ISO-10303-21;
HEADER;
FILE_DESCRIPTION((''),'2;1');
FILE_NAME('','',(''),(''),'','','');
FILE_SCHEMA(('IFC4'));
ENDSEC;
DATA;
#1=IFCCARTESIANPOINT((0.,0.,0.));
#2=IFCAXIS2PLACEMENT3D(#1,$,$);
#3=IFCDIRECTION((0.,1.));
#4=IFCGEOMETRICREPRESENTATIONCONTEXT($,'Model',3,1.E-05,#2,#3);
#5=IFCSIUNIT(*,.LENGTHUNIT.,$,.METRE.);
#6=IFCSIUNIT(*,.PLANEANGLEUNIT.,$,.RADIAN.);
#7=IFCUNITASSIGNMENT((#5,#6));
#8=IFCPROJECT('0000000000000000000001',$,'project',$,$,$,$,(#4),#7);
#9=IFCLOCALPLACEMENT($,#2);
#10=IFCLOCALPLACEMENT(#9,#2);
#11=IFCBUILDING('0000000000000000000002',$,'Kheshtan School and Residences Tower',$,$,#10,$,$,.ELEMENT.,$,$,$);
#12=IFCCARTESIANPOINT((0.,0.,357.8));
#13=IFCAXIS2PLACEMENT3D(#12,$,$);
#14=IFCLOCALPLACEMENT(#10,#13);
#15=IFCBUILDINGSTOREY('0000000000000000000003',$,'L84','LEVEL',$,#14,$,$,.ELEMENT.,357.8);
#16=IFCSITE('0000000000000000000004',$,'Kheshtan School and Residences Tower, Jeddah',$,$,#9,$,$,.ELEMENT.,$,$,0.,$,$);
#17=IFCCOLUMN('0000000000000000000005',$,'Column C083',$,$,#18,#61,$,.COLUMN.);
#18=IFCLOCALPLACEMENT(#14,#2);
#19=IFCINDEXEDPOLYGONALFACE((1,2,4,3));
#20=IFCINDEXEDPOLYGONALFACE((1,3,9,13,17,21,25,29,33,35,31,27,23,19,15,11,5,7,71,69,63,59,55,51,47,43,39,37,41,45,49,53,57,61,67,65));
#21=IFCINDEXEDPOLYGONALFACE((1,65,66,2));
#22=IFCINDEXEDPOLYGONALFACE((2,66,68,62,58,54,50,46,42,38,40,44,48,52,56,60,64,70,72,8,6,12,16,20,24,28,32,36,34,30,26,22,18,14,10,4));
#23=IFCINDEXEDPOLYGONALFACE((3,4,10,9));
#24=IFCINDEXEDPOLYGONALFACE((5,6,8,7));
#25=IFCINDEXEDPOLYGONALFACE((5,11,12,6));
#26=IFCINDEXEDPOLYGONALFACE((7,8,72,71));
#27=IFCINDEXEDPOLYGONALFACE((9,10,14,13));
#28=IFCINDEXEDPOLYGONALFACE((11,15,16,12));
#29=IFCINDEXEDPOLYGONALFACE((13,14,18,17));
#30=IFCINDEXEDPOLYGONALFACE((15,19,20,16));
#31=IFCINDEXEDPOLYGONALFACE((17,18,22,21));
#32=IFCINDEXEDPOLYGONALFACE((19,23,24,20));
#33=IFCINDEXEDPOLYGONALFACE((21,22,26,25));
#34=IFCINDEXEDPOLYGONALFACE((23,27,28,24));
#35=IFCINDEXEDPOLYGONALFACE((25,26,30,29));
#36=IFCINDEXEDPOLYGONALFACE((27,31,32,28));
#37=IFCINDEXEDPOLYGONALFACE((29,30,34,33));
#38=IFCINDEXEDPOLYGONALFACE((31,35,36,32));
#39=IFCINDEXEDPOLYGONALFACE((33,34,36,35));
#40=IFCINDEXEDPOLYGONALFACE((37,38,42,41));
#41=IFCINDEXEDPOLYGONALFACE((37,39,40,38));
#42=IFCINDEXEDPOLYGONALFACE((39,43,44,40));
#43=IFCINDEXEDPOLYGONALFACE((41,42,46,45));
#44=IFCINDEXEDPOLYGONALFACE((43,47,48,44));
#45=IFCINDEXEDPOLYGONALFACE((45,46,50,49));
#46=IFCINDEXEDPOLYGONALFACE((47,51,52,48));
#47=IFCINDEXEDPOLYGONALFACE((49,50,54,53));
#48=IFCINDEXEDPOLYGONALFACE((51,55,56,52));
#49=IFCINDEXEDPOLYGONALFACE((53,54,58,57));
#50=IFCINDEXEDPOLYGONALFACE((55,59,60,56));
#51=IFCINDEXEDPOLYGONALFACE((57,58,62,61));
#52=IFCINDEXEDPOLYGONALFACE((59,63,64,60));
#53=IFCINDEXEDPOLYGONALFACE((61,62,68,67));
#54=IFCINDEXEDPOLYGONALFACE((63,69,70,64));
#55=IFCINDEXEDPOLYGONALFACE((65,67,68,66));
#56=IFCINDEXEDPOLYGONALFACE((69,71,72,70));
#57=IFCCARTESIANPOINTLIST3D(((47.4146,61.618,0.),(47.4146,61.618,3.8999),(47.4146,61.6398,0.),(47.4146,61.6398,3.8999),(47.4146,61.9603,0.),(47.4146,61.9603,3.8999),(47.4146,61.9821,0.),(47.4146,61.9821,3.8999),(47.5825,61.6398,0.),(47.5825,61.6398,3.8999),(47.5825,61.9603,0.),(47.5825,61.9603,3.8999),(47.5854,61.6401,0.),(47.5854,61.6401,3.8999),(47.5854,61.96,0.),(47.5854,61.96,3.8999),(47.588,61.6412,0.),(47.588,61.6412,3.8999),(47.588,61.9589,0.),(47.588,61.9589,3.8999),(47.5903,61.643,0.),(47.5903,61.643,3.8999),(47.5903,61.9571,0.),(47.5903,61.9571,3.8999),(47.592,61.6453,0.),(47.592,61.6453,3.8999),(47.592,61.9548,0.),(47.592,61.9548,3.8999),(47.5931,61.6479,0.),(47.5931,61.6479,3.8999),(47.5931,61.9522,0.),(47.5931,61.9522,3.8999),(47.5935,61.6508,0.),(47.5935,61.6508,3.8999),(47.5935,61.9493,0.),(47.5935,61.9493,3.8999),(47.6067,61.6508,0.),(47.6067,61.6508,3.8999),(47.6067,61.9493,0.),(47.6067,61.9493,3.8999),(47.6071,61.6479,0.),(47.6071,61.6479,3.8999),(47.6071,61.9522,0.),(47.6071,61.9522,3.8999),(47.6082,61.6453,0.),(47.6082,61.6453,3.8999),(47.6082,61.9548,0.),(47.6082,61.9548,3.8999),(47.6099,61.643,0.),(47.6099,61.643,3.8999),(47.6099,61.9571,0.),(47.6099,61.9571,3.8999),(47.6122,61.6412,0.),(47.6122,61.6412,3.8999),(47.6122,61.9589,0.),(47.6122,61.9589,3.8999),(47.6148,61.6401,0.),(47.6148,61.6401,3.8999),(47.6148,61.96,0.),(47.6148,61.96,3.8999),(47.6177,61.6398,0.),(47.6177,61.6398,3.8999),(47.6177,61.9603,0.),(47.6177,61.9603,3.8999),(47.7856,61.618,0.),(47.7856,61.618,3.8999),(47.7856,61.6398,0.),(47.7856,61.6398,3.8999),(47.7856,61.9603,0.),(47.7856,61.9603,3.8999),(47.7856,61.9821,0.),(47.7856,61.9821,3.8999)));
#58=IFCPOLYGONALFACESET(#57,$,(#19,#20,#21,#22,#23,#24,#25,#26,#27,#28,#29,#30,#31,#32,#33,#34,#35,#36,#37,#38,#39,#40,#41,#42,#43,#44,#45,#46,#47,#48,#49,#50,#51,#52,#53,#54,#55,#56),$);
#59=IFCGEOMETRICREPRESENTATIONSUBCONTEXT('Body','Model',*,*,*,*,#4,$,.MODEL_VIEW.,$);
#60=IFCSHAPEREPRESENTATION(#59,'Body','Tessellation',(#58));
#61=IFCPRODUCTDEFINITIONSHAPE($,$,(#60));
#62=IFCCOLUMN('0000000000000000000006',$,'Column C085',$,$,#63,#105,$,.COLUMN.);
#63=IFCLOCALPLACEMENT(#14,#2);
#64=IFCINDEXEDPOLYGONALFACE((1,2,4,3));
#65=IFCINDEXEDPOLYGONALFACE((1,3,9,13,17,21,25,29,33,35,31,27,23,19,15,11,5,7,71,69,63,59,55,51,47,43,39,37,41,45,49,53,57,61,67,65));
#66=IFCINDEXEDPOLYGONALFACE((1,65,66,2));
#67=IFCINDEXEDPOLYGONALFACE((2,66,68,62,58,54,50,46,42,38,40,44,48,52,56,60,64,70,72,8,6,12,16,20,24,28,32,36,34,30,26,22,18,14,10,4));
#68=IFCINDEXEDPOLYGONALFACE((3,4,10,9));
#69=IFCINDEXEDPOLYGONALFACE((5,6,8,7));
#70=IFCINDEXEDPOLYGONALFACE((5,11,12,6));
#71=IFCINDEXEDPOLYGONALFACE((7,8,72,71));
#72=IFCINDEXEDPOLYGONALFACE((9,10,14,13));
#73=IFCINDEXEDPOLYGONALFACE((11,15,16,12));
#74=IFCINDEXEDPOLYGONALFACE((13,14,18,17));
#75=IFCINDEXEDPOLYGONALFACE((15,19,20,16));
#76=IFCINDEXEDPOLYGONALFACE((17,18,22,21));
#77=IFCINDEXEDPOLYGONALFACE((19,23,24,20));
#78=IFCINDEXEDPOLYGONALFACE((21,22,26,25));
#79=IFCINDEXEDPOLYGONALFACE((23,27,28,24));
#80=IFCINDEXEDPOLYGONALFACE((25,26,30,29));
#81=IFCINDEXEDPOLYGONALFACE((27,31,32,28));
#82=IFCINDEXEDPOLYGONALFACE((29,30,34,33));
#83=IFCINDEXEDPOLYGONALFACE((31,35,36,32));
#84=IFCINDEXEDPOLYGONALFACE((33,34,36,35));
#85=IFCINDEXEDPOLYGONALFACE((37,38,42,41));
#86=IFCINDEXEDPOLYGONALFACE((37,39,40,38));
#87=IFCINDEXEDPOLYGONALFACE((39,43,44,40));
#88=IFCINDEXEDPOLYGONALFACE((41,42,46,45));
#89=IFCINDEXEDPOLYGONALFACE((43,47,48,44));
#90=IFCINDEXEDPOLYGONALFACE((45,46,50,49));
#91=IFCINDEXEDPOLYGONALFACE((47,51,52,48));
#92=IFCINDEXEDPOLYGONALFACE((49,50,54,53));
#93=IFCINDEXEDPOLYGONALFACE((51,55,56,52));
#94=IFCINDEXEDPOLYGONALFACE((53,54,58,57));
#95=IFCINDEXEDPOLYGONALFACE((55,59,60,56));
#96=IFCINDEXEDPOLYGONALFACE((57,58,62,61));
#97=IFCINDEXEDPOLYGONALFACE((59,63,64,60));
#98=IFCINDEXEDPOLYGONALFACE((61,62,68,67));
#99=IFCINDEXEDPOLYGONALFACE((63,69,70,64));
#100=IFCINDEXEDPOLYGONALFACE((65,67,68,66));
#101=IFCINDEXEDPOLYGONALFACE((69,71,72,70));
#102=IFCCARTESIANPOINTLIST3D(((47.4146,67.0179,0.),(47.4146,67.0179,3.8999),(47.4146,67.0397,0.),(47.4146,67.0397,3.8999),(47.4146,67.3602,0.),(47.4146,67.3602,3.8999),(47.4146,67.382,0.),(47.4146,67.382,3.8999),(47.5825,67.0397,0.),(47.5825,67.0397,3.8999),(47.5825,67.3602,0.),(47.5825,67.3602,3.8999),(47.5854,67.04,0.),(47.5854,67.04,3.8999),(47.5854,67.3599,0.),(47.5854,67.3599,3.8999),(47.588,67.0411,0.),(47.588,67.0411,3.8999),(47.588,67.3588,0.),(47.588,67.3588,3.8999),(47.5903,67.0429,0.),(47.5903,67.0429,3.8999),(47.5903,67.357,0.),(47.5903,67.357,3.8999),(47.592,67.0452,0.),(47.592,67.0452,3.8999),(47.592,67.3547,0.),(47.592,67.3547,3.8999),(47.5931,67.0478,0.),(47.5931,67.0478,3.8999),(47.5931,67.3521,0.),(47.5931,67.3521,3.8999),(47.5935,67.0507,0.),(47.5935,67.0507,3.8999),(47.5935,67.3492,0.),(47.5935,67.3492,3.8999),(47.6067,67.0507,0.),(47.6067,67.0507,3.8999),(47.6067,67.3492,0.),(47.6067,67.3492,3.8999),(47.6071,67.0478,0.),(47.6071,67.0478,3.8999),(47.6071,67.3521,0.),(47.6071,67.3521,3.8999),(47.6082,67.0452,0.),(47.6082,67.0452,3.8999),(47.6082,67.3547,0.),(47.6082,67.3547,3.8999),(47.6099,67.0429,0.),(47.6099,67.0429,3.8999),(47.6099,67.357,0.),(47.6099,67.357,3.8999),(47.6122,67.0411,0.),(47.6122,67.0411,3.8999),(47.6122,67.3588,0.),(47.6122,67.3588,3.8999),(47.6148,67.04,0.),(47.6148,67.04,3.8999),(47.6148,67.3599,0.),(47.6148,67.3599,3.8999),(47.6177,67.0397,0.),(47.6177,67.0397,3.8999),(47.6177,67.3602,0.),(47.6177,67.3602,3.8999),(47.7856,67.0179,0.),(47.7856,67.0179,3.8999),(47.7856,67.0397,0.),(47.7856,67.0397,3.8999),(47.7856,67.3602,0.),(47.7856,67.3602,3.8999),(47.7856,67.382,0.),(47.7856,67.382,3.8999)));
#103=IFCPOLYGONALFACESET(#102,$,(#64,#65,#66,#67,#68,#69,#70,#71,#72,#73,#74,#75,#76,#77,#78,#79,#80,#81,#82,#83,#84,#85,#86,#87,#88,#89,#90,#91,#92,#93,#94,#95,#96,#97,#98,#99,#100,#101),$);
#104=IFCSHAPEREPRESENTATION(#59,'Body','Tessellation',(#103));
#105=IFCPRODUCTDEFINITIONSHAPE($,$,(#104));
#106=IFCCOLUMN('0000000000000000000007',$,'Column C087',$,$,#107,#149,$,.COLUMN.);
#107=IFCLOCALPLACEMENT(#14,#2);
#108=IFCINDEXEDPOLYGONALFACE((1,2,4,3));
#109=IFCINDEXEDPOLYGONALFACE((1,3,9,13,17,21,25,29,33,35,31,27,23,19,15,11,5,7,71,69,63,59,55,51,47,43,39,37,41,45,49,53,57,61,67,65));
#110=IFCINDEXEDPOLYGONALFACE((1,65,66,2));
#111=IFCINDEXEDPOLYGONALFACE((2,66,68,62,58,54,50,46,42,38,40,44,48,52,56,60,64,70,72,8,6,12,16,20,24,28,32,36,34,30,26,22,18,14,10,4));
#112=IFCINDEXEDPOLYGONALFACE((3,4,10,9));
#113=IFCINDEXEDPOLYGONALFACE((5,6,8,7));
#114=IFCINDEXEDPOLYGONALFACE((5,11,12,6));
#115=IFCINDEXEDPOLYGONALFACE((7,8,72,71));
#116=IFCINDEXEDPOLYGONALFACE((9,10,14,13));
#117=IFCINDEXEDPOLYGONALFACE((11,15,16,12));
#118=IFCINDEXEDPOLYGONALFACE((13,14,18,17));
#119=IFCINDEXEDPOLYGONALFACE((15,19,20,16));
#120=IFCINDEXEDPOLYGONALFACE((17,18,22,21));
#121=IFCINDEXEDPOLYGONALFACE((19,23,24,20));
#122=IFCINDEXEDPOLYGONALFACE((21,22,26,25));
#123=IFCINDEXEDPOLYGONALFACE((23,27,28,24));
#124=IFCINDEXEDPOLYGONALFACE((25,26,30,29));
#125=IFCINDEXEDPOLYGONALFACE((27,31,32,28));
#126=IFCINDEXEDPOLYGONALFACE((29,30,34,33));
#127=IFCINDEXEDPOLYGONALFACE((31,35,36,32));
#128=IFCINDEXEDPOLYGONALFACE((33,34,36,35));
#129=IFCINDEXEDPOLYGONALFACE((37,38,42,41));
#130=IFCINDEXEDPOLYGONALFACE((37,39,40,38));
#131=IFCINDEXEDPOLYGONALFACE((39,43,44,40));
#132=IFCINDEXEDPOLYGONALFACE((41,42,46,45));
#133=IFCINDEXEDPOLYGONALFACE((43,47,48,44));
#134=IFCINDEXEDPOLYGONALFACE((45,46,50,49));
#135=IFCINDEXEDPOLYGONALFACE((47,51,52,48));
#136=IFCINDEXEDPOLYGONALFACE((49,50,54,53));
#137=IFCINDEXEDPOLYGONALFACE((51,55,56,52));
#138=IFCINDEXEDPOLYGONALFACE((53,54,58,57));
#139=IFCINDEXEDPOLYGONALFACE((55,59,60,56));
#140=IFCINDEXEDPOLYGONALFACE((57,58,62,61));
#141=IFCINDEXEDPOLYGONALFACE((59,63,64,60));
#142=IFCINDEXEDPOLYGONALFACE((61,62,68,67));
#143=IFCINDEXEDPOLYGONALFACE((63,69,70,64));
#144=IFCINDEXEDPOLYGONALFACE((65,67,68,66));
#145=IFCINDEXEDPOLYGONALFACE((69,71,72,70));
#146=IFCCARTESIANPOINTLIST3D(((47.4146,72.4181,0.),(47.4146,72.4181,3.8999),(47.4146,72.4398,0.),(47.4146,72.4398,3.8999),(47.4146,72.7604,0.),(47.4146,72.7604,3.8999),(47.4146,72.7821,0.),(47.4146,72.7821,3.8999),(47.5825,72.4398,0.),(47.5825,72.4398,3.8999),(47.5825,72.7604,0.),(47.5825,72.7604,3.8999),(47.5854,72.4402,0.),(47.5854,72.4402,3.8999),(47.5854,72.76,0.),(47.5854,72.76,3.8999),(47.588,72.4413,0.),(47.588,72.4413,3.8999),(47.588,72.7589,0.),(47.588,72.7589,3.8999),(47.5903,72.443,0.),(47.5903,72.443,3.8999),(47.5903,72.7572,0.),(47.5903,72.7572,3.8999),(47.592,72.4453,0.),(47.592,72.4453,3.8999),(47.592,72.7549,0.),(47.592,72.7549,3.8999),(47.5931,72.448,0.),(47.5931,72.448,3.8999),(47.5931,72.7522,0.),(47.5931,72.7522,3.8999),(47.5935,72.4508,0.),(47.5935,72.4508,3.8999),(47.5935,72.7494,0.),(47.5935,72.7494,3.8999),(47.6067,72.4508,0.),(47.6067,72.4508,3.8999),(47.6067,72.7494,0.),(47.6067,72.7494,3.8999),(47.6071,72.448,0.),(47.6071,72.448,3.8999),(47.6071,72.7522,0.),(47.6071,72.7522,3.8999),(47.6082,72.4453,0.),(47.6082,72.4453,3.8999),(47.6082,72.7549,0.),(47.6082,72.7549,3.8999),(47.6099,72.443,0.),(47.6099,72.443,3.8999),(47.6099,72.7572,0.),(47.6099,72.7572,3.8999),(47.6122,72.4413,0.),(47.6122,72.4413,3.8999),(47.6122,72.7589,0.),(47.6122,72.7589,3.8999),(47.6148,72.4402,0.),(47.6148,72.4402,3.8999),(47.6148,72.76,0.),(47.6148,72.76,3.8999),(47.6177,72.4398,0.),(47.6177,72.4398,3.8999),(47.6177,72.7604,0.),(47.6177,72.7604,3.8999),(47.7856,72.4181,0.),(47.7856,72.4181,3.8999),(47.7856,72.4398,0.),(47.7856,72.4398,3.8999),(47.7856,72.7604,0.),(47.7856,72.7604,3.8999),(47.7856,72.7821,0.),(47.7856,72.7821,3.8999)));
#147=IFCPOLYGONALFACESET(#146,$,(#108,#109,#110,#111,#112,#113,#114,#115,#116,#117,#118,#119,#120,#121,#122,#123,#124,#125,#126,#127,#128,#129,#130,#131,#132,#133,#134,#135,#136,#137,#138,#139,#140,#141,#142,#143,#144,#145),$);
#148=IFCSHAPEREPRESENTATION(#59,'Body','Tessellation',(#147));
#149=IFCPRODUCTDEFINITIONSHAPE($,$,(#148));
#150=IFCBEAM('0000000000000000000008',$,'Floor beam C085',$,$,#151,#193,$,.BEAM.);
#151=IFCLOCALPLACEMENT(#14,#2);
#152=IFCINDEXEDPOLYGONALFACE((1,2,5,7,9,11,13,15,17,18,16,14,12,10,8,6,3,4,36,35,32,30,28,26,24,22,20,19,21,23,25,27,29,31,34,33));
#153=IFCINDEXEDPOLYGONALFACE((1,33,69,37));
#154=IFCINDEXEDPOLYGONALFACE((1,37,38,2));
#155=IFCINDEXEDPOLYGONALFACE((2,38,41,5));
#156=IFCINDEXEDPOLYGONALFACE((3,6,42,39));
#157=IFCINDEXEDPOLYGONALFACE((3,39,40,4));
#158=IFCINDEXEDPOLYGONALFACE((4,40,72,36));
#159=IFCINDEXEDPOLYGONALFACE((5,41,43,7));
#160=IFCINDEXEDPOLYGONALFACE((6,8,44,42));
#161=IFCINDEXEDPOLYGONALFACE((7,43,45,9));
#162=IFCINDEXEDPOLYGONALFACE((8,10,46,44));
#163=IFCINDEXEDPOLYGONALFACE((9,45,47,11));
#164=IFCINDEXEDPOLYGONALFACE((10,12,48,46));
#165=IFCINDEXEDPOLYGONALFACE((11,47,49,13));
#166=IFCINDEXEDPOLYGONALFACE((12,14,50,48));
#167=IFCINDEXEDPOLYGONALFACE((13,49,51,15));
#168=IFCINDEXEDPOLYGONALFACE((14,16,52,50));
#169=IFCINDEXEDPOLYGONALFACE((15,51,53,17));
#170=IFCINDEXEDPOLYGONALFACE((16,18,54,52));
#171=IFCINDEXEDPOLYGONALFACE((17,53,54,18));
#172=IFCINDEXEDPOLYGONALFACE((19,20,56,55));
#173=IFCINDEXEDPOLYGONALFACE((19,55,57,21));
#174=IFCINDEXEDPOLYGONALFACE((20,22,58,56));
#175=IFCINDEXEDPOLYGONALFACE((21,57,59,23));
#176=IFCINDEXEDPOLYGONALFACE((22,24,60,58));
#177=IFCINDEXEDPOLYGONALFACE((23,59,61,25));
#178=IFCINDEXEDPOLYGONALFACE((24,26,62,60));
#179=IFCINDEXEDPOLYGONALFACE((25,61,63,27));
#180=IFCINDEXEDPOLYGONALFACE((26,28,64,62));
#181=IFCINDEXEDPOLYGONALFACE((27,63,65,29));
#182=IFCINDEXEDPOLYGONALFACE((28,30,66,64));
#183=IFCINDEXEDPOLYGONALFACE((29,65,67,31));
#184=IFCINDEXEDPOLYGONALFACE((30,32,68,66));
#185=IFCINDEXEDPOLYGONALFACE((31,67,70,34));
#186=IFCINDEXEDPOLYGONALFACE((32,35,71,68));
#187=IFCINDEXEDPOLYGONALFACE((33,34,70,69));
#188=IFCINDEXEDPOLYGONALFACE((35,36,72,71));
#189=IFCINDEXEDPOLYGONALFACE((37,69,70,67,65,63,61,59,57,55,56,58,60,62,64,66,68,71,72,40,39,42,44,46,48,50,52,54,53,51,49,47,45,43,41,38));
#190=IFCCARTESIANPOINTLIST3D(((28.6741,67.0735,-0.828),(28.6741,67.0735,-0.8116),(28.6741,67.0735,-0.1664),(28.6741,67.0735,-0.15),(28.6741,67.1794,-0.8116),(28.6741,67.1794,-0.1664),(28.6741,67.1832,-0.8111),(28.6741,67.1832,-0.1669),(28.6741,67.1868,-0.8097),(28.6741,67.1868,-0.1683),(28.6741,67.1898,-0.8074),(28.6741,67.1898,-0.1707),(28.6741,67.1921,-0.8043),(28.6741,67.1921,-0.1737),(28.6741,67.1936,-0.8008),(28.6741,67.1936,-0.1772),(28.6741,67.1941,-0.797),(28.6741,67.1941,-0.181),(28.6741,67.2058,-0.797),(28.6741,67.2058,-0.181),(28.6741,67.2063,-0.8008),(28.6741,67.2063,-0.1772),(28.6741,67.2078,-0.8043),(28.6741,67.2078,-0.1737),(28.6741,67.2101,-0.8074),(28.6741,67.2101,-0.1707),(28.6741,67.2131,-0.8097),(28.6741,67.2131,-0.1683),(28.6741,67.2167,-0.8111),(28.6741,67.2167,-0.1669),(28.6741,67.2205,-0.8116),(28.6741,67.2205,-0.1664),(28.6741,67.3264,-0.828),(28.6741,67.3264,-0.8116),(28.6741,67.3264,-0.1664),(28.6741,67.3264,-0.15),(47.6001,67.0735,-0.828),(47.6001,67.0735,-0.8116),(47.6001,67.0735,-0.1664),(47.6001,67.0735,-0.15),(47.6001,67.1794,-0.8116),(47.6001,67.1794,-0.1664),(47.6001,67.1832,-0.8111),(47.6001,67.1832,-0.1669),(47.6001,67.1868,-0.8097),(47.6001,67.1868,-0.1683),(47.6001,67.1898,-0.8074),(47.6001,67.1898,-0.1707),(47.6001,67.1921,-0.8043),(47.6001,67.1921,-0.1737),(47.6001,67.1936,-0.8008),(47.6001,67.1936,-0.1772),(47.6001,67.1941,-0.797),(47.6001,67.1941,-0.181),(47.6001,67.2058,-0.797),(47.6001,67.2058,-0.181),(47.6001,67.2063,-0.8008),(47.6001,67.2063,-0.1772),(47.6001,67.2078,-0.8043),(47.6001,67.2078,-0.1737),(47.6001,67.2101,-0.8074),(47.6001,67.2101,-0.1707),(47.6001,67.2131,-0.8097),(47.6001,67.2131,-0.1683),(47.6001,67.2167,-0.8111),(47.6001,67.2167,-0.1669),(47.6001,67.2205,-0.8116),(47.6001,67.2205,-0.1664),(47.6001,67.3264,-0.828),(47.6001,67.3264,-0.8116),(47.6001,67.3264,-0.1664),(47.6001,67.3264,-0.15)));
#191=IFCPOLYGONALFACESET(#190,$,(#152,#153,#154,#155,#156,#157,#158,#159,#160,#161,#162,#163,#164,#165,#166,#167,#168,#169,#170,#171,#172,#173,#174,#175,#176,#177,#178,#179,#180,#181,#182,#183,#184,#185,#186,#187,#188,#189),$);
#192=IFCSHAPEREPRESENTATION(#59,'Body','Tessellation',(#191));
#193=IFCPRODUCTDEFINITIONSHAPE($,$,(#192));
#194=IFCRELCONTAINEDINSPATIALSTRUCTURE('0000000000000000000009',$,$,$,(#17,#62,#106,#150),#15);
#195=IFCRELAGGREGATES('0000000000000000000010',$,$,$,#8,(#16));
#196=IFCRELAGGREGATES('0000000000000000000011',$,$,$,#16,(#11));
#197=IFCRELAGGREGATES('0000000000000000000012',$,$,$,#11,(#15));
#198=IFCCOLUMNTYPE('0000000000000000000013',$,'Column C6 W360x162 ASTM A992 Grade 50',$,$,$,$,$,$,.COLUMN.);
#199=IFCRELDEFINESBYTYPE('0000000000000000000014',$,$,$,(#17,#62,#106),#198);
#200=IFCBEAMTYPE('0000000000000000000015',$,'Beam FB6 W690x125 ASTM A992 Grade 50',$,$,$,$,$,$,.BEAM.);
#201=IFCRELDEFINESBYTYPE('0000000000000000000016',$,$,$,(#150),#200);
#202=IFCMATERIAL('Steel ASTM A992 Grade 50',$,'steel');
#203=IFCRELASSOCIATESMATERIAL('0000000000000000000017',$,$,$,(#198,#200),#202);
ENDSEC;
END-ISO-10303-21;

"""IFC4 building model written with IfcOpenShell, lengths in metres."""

from ifc_helpers import new_model, si_unit, direction, frame, origin, origin_2d, place, context, subcontext, project, spatial, i_section, extrude, material, material_profile, profile_set, type_object, element, save


model = new_model("IFC4")

# Units and contexts
model_context = context("Model", 3, precision=1e-05, world=origin(), true_north=direction((0.0, 1.0)))
body_context = subcontext(model_context, "Body", "Model", "MODEL_VIEW")
ifc_project = project(units=[si_unit("LENGTHUNIT", "METRE"), si_unit("PLANEANGLEUNIT", "RADIAN")], contexts=[model_context])

# Site, building, storey
site_placement = place(None, origin())
site = spatial("IfcSite", under=ifc_project, at=site_placement, Name="Kheshtan School and Residences Tower, Jeddah", CompositionType="ELEMENT", RefElevation=0.0)
building_placement = place(site_placement, origin())
building = spatial("IfcBuilding", under=site, at=building_placement, Name="Kheshtan School and Residences Tower", CompositionType="ELEMENT")
storey_placement = place(building_placement, frame((0.0, 0.0, 357.8)))
storey = spatial("IfcBuildingStorey", under=building, at=storey_placement, Name="L84", Description="LEVEL", CompositionType="ELEMENT", Elevation=357.8)

# Columns
ifc_material_1 = material(Name="Steel ASTM A992 Grade 50", Category="steel")
ifc_material_profile_1 = material_profile(ifc_material_1, i_section(OverallWidth=0.3711, OverallDepth=0.364, WebThickness=0.0132, FlangeThickness=0.0217, FilletRadius=0.011, at=origin_2d()), Name="W360x162")
ifc_profile_set_1 = profile_set([ifc_material_profile_1], Name="Steel ASTM A992 Grade 50")
column_type = type_object("IfcColumnType", Name="Column C6 W360x162 ASTM A992 Grade 50", PredefinedType="COLUMN", material=ifc_profile_set_1)
for number, where, z_axis, x_axis, name in (
    (1, (47.6001, 61.8, 0.0), (0.0, 0.0, 1.0), (1.0, 0.0, 0.0), "Column C083"),
    (2, (47.6001, 67.2, 0.0), (0.0, 0.0, 1.0), (1.0, 0.0, 0.0), "Column C085"),
    (3, (47.6001, 72.6001, 0.0), (0.0, 0.0, 1.0), (1.0, 0.0, 0.0), "Column C087"),
):
    element("IfcColumn", number, at=place(storey_placement, frame(where, z_axis=z_axis, x_axis=x_axis)), inside=storey, type_object=column_type, Name=name, PredefinedType="COLUMN", context=body_context, shape_type="SweptSolid", body=[
        extrude(i_section(OverallWidth=0.3711, OverallDepth=0.364, WebThickness=0.0132, FlangeThickness=0.0217, FilletRadius=0.011, at=origin_2d()), origin(), (0.0, 0.0, 1.0), 3.8999),
    ])

# Beam
ifc_material_profile_2 = material_profile(ifc_material_1, i_section(OverallWidth=0.2529, OverallDepth=0.678, WebThickness=0.0117, FlangeThickness=0.0164, FilletRadius=0.0146, at=origin_2d()), Name="W690x125")
ifc_profile_set_2 = profile_set([ifc_material_profile_2], Name="Steel ASTM A992 Grade 50")
beam_type_1 = type_object("IfcBeamType", Name="Beam FB6 W690x125 ASTM A992 Grade 50", PredefinedType="BEAM", material=ifc_profile_set_2)
beam_1_placement = place(storey_placement, frame((47.6001, 67.2, -0.489), z_axis=(-1.0, 0.0, 0.0), x_axis=(0.0, -1.0, 0.0)))
element("IfcBeam", 4, at=beam_1_placement, inside=storey, type_object=beam_type_1, Name="Floor beam C085", PredefinedType="BEAM", context=body_context, shape_type="SweptSolid", body=[
    extrude(i_section(OverallWidth=0.2529, OverallDepth=0.678, WebThickness=0.0117, FlangeThickness=0.0164, FilletRadius=0.0146, at=origin_2d()), origin(), (0.0, 0.0, 1.0), 18.926),
])

save(model, "model.ifc")
